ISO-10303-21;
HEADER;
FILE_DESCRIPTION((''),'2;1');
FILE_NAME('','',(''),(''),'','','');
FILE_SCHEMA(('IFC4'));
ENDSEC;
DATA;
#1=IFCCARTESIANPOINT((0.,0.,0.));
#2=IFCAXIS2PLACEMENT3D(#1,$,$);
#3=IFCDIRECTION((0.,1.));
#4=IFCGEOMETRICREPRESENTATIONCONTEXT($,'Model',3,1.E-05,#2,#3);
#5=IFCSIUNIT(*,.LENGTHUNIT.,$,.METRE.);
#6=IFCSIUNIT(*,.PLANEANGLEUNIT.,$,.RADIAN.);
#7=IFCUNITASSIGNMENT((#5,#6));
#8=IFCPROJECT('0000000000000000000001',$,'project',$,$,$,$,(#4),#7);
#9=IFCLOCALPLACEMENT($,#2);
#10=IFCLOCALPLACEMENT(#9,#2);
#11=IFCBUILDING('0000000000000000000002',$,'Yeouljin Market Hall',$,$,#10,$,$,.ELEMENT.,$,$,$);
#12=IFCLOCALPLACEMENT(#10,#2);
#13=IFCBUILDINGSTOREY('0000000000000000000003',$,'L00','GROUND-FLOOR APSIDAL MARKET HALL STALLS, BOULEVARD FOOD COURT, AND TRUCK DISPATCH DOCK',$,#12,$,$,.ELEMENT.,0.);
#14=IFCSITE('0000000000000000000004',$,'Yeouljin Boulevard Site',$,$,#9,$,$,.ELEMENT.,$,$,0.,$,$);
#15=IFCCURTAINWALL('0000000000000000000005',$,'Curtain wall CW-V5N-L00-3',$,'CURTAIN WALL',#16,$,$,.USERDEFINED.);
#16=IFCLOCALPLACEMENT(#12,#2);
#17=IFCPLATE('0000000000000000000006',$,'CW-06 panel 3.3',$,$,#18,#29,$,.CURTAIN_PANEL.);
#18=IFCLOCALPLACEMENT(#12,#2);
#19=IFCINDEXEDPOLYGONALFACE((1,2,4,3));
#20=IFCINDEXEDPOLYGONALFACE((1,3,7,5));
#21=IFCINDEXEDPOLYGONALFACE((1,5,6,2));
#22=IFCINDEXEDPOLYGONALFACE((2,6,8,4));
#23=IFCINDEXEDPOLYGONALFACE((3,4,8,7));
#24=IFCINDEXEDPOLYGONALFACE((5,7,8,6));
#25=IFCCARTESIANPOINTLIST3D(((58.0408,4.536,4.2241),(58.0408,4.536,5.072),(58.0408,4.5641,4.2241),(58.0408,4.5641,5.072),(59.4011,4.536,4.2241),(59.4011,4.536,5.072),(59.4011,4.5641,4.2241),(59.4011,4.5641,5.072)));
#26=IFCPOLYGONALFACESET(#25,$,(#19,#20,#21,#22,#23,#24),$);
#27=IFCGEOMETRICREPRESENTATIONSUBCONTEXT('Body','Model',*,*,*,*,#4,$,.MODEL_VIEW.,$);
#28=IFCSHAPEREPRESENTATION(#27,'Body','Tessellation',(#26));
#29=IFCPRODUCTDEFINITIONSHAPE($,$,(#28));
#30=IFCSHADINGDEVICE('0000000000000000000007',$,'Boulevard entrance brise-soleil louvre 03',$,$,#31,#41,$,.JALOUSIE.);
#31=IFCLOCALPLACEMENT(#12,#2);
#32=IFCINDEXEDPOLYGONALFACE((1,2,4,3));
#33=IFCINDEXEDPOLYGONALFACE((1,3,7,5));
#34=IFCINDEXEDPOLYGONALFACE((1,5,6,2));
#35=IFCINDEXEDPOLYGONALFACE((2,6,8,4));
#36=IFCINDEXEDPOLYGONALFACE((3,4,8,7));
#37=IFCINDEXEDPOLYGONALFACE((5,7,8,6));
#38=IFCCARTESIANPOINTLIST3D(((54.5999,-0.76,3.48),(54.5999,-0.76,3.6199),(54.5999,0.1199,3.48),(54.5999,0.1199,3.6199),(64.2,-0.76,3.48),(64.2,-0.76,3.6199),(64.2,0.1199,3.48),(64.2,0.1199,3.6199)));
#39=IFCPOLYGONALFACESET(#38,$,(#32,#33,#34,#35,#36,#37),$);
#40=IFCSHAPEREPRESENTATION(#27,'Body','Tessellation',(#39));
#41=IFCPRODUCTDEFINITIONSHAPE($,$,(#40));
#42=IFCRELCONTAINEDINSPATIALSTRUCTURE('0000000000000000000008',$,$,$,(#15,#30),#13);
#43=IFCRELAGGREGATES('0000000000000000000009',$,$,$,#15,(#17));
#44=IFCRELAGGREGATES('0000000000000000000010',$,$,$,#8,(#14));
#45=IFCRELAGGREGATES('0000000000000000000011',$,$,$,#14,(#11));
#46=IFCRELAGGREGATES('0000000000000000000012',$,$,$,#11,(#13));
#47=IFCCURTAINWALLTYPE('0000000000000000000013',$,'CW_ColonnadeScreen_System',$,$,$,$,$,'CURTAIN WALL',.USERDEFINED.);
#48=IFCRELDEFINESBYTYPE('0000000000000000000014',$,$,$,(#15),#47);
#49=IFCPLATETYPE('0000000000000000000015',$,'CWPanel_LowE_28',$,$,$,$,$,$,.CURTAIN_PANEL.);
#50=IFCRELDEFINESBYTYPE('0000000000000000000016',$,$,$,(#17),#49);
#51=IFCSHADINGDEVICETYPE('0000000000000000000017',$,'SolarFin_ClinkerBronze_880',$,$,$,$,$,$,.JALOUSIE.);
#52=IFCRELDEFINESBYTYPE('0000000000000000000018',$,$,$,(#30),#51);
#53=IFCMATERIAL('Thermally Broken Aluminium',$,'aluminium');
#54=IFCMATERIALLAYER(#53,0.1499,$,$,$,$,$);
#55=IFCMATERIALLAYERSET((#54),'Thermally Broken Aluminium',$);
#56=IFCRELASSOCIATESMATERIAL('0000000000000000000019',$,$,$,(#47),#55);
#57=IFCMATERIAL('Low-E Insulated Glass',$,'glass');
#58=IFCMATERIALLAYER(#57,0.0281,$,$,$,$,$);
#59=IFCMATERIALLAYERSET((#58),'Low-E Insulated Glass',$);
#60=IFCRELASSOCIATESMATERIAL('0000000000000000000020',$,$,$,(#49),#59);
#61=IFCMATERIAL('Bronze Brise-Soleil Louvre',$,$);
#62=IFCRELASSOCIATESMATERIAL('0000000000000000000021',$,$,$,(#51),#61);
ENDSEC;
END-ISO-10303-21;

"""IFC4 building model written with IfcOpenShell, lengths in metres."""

from ifc_helpers import new_model, si_unit, direction, frame, origin, origin_2d, place, context, subcontext, project, spatial, rectangle, extrude, material, layer, layer_set, type_object, element, aggregate, save


model = new_model("IFC4")

# Units and contexts
model_context = context("Model", 3, precision=1e-05, world=origin(), true_north=direction((0.0, 1.0)))
body_context = subcontext(model_context, "Body", "Model", "MODEL_VIEW")
ifc_project = project(units=[si_unit("LENGTHUNIT", "METRE"), si_unit("PLANEANGLEUNIT", "RADIAN")], contexts=[model_context])

# Site, building, storey
site_placement = place(None, origin())
site = spatial("IfcSite", under=ifc_project, at=site_placement, Name="Yeouljin Boulevard Site", CompositionType="ELEMENT", RefElevation=0.0)
building_placement = place(site_placement, origin())
building = spatial("IfcBuilding", under=site, at=building_placement, Name="Yeouljin Market Hall", CompositionType="ELEMENT")
storey_placement = place(building_placement, origin())
storey = spatial("IfcBuildingStorey", under=building, at=storey_placement, Name="L00", Description="GROUND-FLOOR APSIDAL MARKET HALL STALLS, BOULEVARD FOOD COURT, AND TRUCK DISPATCH DOCK", CompositionType="ELEMENT", Elevation=0.0)

# Curtain wall
ifc_material_1 = material(Name="Thermally Broken Aluminium", Category="aluminium")
ifc_layer_1 = layer(ifc_material_1, 0.1499)
ifc_layer_set_1 = layer_set([ifc_layer_1], Name="Thermally Broken Aluminium")
curtain_wall_type = type_object("IfcCurtainWallType", Name="CW_ColonnadeScreen_System", ElementType="CURTAIN WALL", PredefinedType="USERDEFINED", material=ifc_layer_set_1)
curtain_wall_1_placement = place(storey_placement, origin())
curtain_wall_1 = element("IfcCurtainWall", 1, at=curtain_wall_1_placement, inside=storey, type_object=curtain_wall_type, Name="Curtain wall CW-V5N-L00-3", ObjectType="CURTAIN WALL", PredefinedType="USERDEFINED")

# Plate
ifc_material_2 = material(Name="Low-E Insulated Glass", Category="glass")
ifc_layer_2 = layer(ifc_material_2, 0.0281)
ifc_layer_set_2 = layer_set([ifc_layer_2], Name="Low-E Insulated Glass")
plate_type = type_object("IfcPlateType", Name="CWPanel_LowE_28", PredefinedType="CURTAIN_PANEL", material=ifc_layer_set_2)
plate_1_placement = place(storey_placement, frame((58.7209, 4.55, 4.2241), z_axis=(0.0, 0.0, 1.0), x_axis=(1.0, 0.0, 0.0)))
plate_1 = element("IfcPlate", 2, at=plate_1_placement, type_object=plate_type, Name="CW-06 panel 3.3", PredefinedType="CURTAIN_PANEL", context=body_context, shape_type="SweptSolid", body=[
    extrude(rectangle(XDim=1.3604, YDim=0.0281, at=origin_2d()), origin(), (0.0, 0.0, 1.0), 0.8479),
])
aggregate(curtain_wall_1, [plate_1])

# Shading device
ifc_material_3 = material(Name="Bronze Brise-Soleil Louvre")
shading_device_type = type_object("IfcShadingDeviceType", Name="SolarFin_ClinkerBronze_880", PredefinedType="JALOUSIE", material=ifc_material_3)
shading_device_placement = place(storey_placement, frame((59.3999, -0.3201, 3.48), z_axis=(0.0, 0.0, 1.0), x_axis=(1.0, 0.0, 0.0)))
element("IfcShadingDevice", 3, at=shading_device_placement, inside=storey, type_object=shading_device_type, Name="Boulevard entrance brise-soleil louvre 03", PredefinedType="JALOUSIE", context=body_context, shape_type="SweptSolid", body=[
    extrude(rectangle(XDim=9.6001, YDim=0.8799, at=origin_2d()), origin(), (0.0, 0.0, 1.0), 0.1399),
])

save(model, "model.ifc")
